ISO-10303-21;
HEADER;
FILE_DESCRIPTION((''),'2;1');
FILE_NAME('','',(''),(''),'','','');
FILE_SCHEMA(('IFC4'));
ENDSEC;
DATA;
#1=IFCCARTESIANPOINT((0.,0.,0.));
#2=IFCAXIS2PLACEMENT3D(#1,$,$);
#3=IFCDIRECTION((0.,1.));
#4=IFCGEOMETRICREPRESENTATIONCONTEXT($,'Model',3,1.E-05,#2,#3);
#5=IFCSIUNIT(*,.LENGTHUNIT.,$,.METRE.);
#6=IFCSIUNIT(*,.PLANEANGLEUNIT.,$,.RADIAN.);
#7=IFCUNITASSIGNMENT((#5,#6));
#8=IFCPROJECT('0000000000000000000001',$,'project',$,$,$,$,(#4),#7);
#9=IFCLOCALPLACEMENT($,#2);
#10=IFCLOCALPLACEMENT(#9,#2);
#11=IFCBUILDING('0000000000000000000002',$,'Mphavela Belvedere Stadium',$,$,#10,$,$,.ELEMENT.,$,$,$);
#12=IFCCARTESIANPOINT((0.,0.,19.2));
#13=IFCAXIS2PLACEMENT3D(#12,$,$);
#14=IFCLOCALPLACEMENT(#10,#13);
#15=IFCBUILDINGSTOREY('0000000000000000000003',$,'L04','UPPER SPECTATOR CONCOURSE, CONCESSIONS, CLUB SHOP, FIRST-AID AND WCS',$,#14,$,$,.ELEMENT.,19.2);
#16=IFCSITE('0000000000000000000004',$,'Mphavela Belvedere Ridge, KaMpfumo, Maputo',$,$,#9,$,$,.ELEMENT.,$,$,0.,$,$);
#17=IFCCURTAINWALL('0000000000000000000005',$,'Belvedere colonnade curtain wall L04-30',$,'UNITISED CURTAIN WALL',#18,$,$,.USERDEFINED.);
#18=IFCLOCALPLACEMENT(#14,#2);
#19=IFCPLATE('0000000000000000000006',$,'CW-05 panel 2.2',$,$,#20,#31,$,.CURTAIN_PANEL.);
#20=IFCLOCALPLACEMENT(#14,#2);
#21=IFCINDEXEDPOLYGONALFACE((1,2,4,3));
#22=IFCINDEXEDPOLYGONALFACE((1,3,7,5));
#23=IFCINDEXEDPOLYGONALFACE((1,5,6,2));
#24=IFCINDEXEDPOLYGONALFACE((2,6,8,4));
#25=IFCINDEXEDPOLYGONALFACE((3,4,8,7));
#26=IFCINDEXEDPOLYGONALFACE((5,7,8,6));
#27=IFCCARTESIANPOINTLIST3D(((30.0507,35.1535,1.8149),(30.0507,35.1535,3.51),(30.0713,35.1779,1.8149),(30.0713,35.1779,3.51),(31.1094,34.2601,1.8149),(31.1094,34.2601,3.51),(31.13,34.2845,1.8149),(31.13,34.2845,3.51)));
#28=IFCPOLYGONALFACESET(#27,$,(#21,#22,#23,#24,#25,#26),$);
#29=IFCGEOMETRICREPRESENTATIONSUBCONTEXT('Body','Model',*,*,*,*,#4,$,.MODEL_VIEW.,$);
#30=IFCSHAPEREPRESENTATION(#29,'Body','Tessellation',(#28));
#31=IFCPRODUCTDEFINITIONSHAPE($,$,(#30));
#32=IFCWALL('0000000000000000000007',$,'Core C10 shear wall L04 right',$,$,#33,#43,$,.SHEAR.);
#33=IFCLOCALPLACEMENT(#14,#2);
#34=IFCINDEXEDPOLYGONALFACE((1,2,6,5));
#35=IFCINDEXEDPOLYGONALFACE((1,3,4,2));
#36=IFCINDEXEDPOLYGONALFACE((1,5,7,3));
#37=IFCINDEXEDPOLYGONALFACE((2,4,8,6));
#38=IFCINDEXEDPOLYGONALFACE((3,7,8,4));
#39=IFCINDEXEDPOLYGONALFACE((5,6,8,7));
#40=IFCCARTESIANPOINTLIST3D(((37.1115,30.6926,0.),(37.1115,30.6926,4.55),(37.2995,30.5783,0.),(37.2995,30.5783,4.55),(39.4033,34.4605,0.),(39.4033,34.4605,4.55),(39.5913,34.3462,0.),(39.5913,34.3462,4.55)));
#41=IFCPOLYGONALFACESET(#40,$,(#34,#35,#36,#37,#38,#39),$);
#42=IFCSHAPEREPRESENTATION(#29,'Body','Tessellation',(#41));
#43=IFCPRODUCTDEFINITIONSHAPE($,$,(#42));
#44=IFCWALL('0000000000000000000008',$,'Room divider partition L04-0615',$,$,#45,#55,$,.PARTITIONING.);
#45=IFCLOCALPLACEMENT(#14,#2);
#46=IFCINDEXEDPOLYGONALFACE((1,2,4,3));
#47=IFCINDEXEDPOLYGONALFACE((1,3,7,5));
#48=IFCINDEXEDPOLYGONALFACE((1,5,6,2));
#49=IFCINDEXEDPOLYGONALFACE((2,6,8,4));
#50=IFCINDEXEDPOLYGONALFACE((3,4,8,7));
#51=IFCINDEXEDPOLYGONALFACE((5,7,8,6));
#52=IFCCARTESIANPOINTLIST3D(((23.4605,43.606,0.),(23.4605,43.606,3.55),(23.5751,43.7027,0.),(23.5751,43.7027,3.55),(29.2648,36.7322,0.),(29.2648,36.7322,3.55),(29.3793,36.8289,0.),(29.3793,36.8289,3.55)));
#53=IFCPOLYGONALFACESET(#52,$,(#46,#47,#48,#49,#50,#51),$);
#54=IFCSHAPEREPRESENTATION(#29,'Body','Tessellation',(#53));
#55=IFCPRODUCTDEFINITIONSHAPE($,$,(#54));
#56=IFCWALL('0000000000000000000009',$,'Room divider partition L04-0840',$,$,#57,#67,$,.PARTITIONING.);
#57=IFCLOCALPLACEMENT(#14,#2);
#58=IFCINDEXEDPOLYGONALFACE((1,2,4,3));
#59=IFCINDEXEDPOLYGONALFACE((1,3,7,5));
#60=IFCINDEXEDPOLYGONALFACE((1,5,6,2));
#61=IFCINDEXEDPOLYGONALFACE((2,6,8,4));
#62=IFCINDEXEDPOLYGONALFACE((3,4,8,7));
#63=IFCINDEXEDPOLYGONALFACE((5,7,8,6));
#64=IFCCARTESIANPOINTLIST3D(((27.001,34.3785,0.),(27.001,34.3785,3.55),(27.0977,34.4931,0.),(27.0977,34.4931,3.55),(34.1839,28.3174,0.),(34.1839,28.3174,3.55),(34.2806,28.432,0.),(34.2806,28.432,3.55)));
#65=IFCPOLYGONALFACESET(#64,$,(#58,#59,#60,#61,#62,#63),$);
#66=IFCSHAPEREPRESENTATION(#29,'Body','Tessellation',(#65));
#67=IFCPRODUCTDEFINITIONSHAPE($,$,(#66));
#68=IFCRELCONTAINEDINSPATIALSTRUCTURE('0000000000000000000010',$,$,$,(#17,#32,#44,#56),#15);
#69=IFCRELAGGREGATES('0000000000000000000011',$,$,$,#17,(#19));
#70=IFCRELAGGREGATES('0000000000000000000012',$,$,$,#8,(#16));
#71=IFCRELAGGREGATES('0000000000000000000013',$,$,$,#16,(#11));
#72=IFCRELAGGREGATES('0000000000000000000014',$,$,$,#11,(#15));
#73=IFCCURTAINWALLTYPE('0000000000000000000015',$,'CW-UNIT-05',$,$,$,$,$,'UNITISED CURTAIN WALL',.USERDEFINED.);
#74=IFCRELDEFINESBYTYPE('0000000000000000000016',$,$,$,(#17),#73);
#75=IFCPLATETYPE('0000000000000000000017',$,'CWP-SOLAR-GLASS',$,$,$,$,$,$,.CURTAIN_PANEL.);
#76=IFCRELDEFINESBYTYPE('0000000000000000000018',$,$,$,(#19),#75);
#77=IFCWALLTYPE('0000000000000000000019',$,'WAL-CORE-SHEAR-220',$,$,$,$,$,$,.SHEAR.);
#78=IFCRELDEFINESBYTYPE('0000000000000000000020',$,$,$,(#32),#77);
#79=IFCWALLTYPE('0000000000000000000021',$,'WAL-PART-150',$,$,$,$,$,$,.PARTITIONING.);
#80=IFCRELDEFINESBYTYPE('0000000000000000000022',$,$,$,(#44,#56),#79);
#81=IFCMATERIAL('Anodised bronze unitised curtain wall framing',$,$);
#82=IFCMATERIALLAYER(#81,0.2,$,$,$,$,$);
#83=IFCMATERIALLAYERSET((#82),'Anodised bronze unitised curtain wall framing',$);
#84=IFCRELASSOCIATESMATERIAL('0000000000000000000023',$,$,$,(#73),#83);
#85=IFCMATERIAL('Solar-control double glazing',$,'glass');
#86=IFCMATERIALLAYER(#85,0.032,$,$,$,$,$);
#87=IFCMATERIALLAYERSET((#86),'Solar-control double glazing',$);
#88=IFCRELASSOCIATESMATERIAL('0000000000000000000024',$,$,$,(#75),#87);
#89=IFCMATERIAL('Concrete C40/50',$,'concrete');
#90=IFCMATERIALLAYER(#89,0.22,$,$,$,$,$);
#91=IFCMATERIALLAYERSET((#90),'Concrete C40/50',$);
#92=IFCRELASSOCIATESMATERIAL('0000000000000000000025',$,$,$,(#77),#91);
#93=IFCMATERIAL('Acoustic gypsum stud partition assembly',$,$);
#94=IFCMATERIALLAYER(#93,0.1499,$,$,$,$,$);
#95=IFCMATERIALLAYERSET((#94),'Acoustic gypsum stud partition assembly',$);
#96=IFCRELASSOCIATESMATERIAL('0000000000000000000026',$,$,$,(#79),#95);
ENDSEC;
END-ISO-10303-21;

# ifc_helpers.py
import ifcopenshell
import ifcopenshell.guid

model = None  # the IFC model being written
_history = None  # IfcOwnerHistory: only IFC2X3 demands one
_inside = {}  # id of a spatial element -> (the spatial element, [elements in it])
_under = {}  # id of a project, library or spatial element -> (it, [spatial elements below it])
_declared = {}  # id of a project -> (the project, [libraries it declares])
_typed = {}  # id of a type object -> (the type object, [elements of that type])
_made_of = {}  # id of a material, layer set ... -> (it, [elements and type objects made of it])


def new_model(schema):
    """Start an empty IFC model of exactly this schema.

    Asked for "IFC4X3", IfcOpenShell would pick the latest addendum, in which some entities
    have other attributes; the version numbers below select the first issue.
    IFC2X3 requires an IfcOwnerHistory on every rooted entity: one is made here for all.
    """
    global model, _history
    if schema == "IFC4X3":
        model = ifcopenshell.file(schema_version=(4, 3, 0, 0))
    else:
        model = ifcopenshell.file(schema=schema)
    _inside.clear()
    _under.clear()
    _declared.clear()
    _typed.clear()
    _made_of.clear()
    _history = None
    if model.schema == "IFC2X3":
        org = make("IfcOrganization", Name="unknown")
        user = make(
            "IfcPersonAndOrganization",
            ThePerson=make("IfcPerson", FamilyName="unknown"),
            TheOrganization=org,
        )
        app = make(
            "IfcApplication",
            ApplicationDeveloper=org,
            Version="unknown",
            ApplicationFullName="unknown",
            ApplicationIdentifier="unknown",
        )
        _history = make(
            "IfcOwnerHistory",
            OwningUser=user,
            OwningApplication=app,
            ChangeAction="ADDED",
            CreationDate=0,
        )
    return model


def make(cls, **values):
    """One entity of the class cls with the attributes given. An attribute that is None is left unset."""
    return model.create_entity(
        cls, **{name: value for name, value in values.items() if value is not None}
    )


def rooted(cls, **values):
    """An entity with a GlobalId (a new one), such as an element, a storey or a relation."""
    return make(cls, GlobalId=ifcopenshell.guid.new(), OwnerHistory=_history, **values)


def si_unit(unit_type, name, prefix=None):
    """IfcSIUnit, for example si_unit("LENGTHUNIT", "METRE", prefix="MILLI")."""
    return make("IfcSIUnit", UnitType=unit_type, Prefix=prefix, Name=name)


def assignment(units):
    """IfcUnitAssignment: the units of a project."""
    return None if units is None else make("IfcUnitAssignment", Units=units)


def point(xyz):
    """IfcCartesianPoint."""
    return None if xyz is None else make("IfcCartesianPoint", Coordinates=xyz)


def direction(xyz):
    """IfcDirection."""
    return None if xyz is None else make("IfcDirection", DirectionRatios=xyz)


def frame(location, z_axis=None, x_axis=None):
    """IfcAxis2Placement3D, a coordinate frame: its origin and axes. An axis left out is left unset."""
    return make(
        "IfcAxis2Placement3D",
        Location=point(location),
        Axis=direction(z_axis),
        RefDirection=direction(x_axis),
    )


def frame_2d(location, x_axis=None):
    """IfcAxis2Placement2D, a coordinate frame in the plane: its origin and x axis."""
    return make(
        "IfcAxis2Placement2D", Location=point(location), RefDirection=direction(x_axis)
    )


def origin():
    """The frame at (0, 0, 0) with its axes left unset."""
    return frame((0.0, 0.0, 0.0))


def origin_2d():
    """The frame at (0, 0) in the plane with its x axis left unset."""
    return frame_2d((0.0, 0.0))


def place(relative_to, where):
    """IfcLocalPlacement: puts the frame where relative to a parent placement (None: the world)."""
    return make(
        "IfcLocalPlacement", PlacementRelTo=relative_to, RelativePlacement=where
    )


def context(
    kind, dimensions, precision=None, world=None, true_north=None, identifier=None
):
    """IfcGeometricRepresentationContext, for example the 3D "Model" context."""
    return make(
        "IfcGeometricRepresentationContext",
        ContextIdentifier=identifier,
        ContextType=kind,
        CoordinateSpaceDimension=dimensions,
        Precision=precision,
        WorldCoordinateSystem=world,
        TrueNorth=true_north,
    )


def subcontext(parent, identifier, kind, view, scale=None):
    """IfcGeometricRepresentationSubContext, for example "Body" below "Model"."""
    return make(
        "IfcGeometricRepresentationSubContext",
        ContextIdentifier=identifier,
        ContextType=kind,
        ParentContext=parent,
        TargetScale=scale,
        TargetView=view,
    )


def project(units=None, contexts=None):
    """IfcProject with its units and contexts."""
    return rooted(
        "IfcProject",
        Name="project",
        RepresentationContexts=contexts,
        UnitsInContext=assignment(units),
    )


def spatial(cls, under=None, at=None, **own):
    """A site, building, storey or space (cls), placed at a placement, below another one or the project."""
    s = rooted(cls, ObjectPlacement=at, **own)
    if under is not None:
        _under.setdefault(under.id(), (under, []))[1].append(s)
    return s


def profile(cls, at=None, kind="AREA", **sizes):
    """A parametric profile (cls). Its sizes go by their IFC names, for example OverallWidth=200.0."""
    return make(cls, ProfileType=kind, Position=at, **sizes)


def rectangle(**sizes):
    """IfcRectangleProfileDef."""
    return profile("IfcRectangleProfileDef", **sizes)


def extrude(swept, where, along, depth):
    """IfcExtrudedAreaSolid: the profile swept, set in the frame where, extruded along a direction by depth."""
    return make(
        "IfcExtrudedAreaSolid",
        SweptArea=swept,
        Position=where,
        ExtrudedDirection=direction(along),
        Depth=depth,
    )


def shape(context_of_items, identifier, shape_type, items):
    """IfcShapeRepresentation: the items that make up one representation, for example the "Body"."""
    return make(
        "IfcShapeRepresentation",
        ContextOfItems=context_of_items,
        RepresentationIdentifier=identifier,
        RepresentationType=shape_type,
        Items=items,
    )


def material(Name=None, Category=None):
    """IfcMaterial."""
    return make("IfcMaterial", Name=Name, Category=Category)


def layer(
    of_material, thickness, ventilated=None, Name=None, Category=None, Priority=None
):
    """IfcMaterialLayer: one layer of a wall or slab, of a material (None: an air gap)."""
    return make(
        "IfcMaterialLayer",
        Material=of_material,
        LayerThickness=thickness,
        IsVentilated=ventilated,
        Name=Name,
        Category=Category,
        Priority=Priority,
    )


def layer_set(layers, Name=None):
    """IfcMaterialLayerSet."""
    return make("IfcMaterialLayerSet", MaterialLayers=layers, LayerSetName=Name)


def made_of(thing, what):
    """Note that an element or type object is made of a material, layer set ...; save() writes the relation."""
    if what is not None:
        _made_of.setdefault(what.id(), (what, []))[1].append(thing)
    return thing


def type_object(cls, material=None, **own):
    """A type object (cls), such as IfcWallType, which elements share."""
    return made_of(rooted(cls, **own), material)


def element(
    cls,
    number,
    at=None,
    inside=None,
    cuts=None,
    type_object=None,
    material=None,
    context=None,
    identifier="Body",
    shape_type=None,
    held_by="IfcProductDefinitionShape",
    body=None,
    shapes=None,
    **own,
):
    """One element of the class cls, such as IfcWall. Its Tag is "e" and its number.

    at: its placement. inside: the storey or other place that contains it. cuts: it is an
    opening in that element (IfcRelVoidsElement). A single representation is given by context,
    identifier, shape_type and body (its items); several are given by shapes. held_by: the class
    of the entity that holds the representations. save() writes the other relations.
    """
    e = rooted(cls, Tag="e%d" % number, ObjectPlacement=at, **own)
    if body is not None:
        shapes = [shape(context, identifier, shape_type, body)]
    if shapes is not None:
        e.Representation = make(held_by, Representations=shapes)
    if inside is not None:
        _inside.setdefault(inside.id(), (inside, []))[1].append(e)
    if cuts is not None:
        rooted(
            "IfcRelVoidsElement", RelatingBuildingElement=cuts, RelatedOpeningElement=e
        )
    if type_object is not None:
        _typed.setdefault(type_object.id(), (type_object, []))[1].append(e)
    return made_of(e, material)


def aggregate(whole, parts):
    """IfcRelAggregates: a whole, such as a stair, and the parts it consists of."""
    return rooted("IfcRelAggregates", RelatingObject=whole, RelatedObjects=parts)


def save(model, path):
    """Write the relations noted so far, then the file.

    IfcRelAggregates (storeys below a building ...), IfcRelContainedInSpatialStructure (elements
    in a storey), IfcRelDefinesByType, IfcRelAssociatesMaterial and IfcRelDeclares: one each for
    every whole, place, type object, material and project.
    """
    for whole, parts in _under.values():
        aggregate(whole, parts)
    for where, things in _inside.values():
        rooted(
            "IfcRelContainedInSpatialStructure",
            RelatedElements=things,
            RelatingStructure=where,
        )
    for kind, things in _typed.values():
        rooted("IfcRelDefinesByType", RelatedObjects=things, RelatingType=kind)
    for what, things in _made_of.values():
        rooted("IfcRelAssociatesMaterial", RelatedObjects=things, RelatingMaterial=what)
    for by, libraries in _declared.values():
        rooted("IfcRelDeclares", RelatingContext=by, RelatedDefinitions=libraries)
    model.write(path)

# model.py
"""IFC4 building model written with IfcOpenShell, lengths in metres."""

from ifc_helpers import new_model, si_unit, direction, frame, frame_2d, origin, origin_2d, place, context, subcontext, project, spatial, rectangle, extrude, material, layer, layer_set, type_object, element, aggregate, save


model = new_model("IFC4")

# Units and contexts
model_context = context("Model", 3, precision=1e-05, world=origin(), true_north=direction((0.0, 1.0)))
body_context = subcontext(model_context, "Body", "Model", "MODEL_VIEW")
ifc_project = project(units=[si_unit("LENGTHUNIT", "METRE"), si_unit("PLANEANGLEUNIT", "RADIAN")], contexts=[model_context])

# Site, building, storey
site_placement = place(None, origin())
site = spatial("IfcSite", under=ifc_project, at=site_placement, Name="Mphavela Belvedere Ridge, KaMpfumo, Maputo", CompositionType="ELEMENT", RefElevation=0.0)
building_placement = place(site_placement, origin())
building = spatial("IfcBuilding", under=site, at=building_placement, Name="Mphavela Belvedere Stadium", CompositionType="ELEMENT")
storey_placement = place(building_placement, frame((0.0, 0.0, 19.2)))
storey = spatial("IfcBuildingStorey", under=building, at=storey_placement, Name="L04", Description="UPPER SPECTATOR CONCOURSE, CONCESSIONS, CLUB SHOP, FIRST-AID AND WCS", CompositionType="ELEMENT", Elevation=19.2)

# Curtain wall
ifc_material_1 = material(Name="Anodised bronze unitised curtain wall framing")
ifc_layer_1 = layer(ifc_material_1, 0.2)
ifc_layer_set_1 = layer_set([ifc_layer_1], Name="Anodised bronze unitised curtain wall framing")
curtain_wall_type_1 = type_object("IfcCurtainWallType", Name="CW-UNIT-05", ElementType="UNITISED CURTAIN WALL", PredefinedType="USERDEFINED", material=ifc_layer_set_1)
curtain_wall_1_placement = place(storey_placement, origin())
curtain_wall_1 = element("IfcCurtainWall", 1, at=curtain_wall_1_placement, inside=storey, type_object=curtain_wall_type_1, Name="Belvedere colonnade curtain wall L04-30", ObjectType="UNITISED CURTAIN WALL", PredefinedType="USERDEFINED")

# Plate
ifc_material_2 = material(Name="Solar-control double glazing", Category="glass")
ifc_layer_2 = layer(ifc_material_2, 0.032)
ifc_layer_set_2 = layer_set([ifc_layer_2], Name="Solar-control double glazing")
plate_type = type_object("IfcPlateType", Name="CWP-SOLAR-GLASS", PredefinedType="CURTAIN_PANEL", material=ifc_layer_set_2)
plate_1_placement = place(storey_placement, frame((30.5903, 34.719, 1.8149), z_axis=(0.0, 0.0, 1.0), x_axis=(0.764253, -0.644916, 0.0)))
plate_1 = element("IfcPlate", 2, at=plate_1_placement, type_object=plate_type, Name="CW-05 panel 2.2", PredefinedType="CURTAIN_PANEL", context=body_context, shape_type="SweptSolid", body=[
    extrude(rectangle(XDim=1.3853, YDim=0.032, at=origin_2d()), origin(), (0.0, 0.0, 1.0), 1.6951),
])
aggregate(curtain_wall_1, [plate_1])

# Walls
ifc_material_3 = material(Name="Concrete C40/50", Category="concrete")
ifc_layer_3 = layer(ifc_material_3, 0.22)
ifc_layer_set_3 = layer_set([ifc_layer_3], Name="Concrete C40/50")
wall_type_1 = type_object("IfcWallType", Name="WAL-CORE-SHEAR-220", PredefinedType="SHEAR", material=ifc_layer_set_3)
wall_1_placement = place(storey_placement, frame((39.4973, 34.4033, 0.0), z_axis=(0.0, 0.0, 1.0), x_axis=(-0.519664, -0.854371, 0.0)))
element("IfcWall", 3, at=wall_1_placement, inside=storey, type_object=wall_type_1, Name="Core C10 shear wall L04 right", PredefinedType="SHEAR", context=body_context, shape_type="SweptSolid", body=[
    extrude(rectangle(XDim=4.4102, YDim=0.22, at=frame_2d((2.2051, 0.0))), origin(), (0.0, 0.0, 1.0), 4.55),
])
ifc_material_4 = material(Name="Acoustic gypsum stud partition assembly")
ifc_layer_4 = layer(ifc_material_4, 0.1499)
ifc_layer_set_4 = layer_set([ifc_layer_4], Name="Acoustic gypsum stud partition assembly")
wall_type_2 = type_object("IfcWallType", Name="WAL-PART-150", PredefinedType="PARTITIONING", material=ifc_layer_set_4)
wall_2_placement = place(storey_placement, frame((29.322, 36.7805, 0.0), z_axis=(0.0, 0.0, 1.0), x_axis=(-0.64516, 0.764048, 0.0)))
element("IfcWall", 4, at=wall_2_placement, inside=storey, type_object=wall_type_2, Name="Room divider partition L04-0615", PredefinedType="PARTITIONING", context=body_context, shape_type="SweptSolid", body=[
    extrude(rectangle(XDim=8.9966, YDim=0.1499, at=frame_2d((4.4983, 0.0))), origin(), (0.0, 0.0, 1.0), 3.55),
])
wall_3_placement = place(storey_placement, frame((27.0493, 34.4358, 0.0), z_axis=(0.0, 0.0, 1.0), x_axis=(0.764265, -0.644902, 0.0)))
element("IfcWall", 5, at=wall_3_placement, inside=storey, type_object=wall_type_2, Name="Room divider partition L04-0840", PredefinedType="PARTITIONING", context=body_context, shape_type="SweptSolid", body=[
    extrude(rectangle(XDim=9.3984, YDim=0.1499, at=frame_2d((4.6992, 0.0))), origin(), (0.0, 0.0, 1.0), 3.55),
])

save(model, "model.ifc")
